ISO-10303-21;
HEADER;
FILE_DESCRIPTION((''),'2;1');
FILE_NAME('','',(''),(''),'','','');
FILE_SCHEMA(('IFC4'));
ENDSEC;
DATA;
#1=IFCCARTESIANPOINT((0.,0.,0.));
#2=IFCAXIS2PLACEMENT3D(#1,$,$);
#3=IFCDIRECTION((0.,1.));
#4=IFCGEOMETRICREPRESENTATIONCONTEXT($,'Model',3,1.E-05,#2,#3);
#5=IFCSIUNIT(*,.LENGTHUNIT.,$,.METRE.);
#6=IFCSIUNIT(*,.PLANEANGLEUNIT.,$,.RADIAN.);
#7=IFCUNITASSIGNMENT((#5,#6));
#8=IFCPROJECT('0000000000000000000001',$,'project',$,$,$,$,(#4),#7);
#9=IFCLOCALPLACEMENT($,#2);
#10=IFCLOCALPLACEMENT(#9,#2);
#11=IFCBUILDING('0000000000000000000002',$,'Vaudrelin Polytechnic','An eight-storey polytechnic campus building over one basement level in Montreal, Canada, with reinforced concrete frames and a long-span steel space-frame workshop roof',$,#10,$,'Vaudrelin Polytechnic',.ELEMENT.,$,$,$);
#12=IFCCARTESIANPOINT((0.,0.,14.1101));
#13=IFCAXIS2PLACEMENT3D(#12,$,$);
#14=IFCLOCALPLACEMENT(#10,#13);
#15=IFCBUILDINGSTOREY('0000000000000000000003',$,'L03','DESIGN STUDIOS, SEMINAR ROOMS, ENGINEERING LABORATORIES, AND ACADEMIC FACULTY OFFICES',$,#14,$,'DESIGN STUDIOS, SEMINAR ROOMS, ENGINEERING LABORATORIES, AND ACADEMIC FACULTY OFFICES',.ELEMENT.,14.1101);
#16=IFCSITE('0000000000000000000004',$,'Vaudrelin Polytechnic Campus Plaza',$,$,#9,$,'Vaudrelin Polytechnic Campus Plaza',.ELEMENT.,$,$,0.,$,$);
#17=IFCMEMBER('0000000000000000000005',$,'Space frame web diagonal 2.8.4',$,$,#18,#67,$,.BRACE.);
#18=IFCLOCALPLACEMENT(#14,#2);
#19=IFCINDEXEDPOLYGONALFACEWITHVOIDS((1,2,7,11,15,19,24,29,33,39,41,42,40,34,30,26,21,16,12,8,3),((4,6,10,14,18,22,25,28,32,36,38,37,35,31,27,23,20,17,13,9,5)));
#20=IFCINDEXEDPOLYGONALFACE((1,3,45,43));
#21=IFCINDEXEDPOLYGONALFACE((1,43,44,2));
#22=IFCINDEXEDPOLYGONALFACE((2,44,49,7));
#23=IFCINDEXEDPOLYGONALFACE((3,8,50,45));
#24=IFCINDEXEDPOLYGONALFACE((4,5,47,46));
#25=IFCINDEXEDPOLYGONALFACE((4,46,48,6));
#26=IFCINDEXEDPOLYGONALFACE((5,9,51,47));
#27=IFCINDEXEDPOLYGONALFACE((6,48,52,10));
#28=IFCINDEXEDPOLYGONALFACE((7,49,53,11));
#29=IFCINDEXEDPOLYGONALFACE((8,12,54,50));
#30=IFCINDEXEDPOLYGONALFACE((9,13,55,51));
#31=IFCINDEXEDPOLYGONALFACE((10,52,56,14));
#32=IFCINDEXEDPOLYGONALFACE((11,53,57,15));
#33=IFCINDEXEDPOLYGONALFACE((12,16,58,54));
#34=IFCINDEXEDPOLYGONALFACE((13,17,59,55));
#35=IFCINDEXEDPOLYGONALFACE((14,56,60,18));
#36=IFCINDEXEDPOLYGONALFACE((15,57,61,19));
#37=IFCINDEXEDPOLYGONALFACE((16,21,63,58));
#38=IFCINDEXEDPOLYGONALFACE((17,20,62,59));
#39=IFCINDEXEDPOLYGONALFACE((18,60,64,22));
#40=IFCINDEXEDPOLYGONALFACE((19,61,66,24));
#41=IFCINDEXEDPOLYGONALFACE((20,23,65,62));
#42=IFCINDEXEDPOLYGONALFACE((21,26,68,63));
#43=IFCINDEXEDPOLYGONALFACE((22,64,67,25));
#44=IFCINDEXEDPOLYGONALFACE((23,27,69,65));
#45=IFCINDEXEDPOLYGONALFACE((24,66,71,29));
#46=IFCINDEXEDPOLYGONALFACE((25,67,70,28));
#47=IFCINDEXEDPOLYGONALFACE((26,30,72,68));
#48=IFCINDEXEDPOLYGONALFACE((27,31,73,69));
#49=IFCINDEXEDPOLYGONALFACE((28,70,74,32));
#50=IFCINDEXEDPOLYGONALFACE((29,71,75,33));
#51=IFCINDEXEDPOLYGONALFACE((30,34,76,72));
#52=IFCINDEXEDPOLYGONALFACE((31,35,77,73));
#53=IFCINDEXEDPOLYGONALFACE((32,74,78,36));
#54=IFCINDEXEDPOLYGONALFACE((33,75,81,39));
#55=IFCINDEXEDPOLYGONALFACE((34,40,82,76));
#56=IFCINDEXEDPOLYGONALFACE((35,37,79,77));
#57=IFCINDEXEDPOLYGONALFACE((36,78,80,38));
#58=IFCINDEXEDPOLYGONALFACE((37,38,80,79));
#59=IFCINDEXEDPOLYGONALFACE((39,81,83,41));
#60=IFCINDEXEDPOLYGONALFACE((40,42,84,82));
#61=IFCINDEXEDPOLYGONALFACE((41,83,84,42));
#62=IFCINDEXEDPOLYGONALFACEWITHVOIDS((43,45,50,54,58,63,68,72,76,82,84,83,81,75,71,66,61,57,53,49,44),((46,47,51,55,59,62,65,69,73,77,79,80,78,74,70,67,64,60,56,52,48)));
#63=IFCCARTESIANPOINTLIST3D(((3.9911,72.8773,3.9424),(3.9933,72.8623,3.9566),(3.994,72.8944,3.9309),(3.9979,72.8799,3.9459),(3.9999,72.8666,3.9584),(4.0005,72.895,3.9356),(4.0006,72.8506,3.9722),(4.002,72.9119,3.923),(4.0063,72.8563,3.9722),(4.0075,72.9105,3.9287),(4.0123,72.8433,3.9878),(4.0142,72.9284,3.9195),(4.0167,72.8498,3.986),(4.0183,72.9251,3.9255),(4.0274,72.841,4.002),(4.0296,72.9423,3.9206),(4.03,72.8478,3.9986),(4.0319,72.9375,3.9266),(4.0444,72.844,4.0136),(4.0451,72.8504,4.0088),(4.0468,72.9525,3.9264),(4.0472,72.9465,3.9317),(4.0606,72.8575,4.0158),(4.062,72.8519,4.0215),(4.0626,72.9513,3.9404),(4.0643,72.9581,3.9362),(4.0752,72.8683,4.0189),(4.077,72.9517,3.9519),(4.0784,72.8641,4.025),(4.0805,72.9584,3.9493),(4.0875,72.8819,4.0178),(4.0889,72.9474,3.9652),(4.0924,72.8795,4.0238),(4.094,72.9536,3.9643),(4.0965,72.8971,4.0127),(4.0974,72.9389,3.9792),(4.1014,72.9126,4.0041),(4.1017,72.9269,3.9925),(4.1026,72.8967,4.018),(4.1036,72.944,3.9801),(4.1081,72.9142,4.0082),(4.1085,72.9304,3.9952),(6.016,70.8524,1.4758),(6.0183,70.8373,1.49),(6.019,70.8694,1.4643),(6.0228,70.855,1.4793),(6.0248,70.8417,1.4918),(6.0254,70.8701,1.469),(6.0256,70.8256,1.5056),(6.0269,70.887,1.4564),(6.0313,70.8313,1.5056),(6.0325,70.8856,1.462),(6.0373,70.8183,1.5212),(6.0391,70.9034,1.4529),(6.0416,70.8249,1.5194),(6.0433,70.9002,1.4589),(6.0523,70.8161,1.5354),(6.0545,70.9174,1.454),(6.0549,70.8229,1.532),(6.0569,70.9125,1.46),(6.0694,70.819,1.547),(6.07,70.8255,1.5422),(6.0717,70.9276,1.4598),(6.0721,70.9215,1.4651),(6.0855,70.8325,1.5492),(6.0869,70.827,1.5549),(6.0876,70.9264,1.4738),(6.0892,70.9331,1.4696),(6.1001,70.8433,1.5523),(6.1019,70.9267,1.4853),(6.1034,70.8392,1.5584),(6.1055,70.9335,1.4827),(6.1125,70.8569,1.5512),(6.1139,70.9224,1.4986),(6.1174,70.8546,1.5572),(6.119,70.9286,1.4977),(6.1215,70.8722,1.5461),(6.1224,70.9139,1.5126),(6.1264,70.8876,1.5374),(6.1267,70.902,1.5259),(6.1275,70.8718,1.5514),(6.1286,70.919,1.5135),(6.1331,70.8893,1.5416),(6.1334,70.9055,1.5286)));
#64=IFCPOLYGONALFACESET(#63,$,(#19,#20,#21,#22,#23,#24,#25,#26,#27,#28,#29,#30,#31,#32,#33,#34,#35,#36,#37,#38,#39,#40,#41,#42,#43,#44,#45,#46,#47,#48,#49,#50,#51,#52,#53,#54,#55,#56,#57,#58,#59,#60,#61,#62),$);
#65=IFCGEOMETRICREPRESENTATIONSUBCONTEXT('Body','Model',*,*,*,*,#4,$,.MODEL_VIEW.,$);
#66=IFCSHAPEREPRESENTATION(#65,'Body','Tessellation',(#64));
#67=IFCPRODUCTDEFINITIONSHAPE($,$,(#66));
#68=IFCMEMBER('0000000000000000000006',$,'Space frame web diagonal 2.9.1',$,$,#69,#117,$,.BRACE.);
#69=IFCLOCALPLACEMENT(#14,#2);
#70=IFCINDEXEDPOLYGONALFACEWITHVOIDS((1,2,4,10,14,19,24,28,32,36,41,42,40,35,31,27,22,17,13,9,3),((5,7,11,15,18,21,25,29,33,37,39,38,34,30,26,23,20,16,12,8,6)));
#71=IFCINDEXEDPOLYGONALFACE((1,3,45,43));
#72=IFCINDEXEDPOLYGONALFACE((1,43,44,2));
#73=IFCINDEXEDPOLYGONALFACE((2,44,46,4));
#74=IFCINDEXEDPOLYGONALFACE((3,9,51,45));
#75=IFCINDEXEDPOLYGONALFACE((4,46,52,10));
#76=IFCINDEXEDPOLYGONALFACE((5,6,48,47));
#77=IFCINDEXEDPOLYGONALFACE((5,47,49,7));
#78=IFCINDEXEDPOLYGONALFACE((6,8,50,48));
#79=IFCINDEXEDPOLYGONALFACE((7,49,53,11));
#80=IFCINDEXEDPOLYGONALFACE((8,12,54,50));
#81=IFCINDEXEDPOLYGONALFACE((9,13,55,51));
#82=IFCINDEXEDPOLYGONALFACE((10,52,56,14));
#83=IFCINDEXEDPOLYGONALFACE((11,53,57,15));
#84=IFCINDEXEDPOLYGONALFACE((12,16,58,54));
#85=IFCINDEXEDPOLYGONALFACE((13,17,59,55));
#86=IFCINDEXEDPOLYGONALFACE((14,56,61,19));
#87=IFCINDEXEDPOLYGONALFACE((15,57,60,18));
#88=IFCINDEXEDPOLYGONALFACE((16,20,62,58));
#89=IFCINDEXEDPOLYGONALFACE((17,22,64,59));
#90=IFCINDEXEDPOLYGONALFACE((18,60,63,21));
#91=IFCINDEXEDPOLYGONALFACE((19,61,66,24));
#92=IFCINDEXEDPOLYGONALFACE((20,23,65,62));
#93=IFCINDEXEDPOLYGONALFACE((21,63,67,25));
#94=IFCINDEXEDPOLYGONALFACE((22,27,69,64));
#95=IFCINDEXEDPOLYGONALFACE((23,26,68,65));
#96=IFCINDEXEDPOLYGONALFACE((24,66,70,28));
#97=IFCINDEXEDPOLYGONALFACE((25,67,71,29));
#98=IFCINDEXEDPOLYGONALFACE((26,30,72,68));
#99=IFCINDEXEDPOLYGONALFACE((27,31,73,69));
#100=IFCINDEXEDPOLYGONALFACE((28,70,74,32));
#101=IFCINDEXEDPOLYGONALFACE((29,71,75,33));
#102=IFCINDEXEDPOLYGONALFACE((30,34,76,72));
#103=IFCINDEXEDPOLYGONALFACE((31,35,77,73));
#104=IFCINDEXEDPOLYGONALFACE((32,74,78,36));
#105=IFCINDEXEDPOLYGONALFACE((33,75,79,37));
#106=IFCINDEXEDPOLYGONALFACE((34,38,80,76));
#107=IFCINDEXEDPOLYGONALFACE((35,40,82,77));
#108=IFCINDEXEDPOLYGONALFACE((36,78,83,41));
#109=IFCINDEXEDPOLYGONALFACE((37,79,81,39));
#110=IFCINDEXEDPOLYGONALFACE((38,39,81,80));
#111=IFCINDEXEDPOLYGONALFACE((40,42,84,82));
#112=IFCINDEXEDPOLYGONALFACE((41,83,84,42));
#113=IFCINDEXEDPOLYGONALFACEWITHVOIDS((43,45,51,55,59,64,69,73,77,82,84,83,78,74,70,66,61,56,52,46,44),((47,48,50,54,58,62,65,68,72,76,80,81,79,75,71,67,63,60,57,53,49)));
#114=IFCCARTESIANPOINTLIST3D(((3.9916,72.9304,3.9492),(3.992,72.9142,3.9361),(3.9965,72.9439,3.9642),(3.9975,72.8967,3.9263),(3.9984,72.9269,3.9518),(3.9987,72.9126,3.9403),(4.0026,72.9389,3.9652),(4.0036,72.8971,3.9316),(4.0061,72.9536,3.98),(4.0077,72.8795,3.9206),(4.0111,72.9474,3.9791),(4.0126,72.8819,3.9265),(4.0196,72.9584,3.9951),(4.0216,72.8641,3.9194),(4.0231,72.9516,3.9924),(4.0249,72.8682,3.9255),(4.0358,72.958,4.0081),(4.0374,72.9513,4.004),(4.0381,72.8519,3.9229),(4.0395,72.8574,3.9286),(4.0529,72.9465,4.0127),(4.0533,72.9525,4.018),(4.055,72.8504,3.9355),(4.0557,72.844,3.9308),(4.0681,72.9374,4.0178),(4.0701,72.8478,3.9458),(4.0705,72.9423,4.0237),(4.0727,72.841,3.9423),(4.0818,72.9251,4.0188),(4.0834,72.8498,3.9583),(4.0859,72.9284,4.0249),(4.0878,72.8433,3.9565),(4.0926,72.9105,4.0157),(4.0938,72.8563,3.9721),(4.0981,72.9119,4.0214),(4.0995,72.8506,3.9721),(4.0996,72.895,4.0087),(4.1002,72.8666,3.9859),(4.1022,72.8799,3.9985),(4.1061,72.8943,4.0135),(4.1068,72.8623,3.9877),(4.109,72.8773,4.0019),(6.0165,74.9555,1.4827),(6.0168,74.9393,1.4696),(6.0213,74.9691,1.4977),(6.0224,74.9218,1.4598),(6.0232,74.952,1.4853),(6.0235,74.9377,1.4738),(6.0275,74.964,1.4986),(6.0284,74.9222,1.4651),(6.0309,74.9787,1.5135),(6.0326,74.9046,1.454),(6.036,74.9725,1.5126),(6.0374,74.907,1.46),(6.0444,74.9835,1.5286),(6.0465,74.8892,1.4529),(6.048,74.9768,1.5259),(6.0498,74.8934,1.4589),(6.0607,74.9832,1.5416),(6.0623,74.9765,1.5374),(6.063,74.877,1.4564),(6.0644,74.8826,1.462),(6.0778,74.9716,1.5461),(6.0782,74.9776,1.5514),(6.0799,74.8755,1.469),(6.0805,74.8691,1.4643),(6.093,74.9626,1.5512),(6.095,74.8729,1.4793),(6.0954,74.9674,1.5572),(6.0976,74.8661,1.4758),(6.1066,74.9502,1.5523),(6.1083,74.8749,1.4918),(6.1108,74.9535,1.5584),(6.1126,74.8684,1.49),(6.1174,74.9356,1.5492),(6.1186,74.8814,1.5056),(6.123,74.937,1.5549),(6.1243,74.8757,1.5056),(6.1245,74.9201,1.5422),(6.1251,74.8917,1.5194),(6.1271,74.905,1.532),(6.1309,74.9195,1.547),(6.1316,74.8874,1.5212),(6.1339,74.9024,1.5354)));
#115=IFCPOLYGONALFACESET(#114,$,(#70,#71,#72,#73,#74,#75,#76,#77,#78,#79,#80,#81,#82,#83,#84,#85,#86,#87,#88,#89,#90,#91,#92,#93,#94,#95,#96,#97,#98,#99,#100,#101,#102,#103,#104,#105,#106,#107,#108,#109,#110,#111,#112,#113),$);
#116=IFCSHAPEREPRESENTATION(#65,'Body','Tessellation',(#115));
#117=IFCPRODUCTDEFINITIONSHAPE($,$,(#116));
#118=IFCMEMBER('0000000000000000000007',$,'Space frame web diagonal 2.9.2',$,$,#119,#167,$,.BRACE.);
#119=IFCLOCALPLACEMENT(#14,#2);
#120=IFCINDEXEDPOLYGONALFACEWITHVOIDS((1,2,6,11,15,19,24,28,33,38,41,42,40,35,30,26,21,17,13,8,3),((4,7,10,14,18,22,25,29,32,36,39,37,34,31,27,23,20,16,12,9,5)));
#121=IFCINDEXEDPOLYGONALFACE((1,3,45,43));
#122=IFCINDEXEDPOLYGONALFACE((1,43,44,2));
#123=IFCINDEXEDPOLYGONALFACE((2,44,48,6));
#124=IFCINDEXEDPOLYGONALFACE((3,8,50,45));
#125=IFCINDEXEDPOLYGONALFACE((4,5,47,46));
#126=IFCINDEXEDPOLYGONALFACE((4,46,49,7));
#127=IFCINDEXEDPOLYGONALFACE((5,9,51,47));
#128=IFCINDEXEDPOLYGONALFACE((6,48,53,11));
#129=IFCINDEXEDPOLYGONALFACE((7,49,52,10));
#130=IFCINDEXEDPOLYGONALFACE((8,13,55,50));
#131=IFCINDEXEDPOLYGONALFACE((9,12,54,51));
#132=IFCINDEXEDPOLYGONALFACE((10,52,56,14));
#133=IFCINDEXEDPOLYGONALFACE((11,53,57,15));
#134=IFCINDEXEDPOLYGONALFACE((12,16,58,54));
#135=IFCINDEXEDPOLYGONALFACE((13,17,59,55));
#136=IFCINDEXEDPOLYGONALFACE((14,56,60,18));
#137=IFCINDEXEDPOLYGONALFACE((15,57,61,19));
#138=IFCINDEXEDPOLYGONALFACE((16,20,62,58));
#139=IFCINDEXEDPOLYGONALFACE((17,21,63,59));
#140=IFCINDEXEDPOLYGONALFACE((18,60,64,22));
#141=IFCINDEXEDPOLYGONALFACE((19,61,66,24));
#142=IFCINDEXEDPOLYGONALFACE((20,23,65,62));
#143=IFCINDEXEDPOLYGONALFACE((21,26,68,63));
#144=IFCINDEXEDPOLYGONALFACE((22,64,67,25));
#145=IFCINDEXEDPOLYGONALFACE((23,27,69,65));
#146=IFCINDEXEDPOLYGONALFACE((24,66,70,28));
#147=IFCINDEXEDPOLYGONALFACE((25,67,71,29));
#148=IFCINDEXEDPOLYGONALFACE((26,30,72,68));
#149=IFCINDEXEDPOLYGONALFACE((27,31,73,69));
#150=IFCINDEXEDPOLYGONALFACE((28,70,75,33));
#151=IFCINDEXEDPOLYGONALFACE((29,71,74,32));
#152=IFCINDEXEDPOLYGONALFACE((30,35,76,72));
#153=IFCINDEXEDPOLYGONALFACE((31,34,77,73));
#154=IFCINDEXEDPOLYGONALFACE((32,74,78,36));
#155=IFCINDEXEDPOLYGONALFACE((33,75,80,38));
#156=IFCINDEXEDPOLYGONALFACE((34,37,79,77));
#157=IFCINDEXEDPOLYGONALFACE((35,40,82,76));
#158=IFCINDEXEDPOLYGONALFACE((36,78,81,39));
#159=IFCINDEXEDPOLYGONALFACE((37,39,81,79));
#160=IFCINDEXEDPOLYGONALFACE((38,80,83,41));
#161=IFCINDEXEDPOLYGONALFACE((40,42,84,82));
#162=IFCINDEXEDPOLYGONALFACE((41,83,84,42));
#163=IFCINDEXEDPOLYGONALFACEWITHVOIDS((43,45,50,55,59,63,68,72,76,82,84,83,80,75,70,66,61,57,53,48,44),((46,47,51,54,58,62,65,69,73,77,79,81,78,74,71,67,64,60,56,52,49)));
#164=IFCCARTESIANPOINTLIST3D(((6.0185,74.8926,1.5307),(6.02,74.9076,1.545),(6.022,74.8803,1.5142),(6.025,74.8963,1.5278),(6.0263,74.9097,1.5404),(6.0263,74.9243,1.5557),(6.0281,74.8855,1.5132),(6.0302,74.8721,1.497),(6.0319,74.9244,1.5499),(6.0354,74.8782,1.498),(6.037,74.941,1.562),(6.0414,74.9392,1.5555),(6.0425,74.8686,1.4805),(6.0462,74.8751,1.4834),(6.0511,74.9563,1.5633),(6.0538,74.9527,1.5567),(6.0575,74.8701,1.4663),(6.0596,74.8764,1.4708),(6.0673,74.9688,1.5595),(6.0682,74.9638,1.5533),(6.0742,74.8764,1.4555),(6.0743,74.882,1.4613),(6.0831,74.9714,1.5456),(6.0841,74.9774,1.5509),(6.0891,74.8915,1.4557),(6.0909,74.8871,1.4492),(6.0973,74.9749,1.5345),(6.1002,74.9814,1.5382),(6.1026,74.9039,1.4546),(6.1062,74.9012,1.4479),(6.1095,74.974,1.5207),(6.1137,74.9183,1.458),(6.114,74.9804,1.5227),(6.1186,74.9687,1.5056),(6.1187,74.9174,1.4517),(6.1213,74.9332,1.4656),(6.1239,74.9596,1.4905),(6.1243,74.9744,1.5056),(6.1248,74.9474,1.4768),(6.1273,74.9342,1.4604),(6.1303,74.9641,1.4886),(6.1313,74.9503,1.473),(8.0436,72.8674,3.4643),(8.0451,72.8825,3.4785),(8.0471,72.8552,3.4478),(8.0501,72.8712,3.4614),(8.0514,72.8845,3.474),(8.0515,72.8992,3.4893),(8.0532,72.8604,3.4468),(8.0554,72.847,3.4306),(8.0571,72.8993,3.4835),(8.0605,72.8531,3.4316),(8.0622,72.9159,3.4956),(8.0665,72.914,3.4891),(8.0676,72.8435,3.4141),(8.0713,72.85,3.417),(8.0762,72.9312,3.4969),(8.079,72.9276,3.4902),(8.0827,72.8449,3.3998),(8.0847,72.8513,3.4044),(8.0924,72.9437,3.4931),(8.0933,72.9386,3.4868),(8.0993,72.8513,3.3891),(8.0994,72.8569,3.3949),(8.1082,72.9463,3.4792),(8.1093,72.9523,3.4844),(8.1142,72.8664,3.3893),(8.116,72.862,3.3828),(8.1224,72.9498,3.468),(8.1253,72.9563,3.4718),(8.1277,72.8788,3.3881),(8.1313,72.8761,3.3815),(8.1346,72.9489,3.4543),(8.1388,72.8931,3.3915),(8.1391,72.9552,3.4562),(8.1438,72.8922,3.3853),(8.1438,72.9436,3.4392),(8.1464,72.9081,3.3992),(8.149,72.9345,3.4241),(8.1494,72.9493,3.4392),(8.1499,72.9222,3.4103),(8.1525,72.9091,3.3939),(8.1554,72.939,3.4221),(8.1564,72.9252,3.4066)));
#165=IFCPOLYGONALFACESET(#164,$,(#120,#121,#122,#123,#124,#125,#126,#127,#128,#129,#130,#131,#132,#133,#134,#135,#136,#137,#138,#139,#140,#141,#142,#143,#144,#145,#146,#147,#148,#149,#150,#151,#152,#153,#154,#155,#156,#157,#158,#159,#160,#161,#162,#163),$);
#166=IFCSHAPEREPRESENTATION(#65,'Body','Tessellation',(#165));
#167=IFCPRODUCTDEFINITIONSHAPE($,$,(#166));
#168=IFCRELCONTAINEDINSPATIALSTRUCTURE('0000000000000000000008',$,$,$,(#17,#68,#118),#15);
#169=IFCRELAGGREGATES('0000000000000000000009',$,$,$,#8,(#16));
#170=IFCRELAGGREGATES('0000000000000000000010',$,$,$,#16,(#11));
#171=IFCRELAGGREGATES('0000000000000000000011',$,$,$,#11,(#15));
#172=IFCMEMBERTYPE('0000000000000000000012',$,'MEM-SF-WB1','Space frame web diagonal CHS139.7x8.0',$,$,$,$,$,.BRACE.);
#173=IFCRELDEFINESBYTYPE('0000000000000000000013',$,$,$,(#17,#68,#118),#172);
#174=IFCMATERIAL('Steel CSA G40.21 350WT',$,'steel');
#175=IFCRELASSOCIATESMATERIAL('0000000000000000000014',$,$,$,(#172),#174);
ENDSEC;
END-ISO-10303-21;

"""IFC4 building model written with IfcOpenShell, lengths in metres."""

from ifc_helpers import new_model, si_unit, direction, frame, origin, origin_2d, place, context, subcontext, project, spatial, hollow_circle, extrude, material, material_profile, profile_set, type_object, element, save


model = new_model("IFC4")

# Units and contexts
model_context = context("Model", 3, precision=1e-05, world=origin(), true_north=direction((0.0, 1.0)))
body_context = subcontext(model_context, "Body", "Model", "MODEL_VIEW")
ifc_project = project(units=[si_unit("LENGTHUNIT", "METRE"), si_unit("PLANEANGLEUNIT", "RADIAN")], contexts=[model_context])

# Site, building, storey
site_placement = place(None, origin())
site = spatial("IfcSite", under=ifc_project, at=site_placement, Name="Vaudrelin Polytechnic Campus Plaza", LongName="Vaudrelin Polytechnic Campus Plaza", CompositionType="ELEMENT", RefElevation=0.0)
building_placement = place(site_placement, origin())
building = spatial("IfcBuilding", under=site, at=building_placement, Name="Vaudrelin Polytechnic", Description="An eight-storey polytechnic campus building over one basement level in Montreal, Canada, with reinforced concrete frames and a long-span steel space-frame workshop roof", LongName="Vaudrelin Polytechnic", CompositionType="ELEMENT")
storey_placement = place(building_placement, frame((0.0, 0.0, 14.1101)))
storey = spatial("IfcBuildingStorey", under=building, at=storey_placement, Name="L03", Description="DESIGN STUDIOS, SEMINAR ROOMS, ENGINEERING LABORATORIES, AND ACADEMIC FACULTY OFFICES", LongName="DESIGN STUDIOS, SEMINAR ROOMS, ENGINEERING LABORATORIES, AND ACADEMIC FACULTY OFFICES", CompositionType="ELEMENT", Elevation=14.1101)

# Members
ifc_material = material(Name="Steel CSA G40.21 350WT", Category="steel")
ifc_material_profile_1 = material_profile(ifc_material, hollow_circle(Radius=0.0698, WallThickness=0.0081, at=origin_2d()), Name="CHS139.7x8.0")
ifc_profile_set_1 = profile_set([ifc_material_profile_1], Name="Steel CSA G40.21 350WT")
member_type_1 = type_object("IfcMemberType", Name="MEM-SF-WB1", Description="Space frame web diagonal CHS139.7x8.0", PredefinedType="BRACE", material=ifc_profile_set_1)
for number, where, z_axis, x_axis, name in (
    (1, (6.075, 70.875, 1.5056), (-0.535765, 0.535765, 0.65262), (-0.707107, -0.707107, 0.0), "Space frame web diagonal 2.8.4"),
    (2, (6.075, 74.925, 1.5056), (-0.535746, -0.535811, 0.652597), (0.707149, -0.707064, 0.0), "Space frame web diagonal 2.9.1"),
):
    element("IfcMember", number, at=place(storey_placement, frame(where, z_axis=z_axis, x_axis=x_axis)), inside=storey, type_object=member_type_1, Name=name, PredefinedType="BRACE", context=body_context, shape_type="SweptSolid", body=[
        extrude(hollow_circle(Radius=0.0698, WallThickness=0.0081, at=origin_2d()), origin(), (0.0, 0.0, 1.0), 3.7795),
    ])
for number, where, z_axis, x_axis, name in (
    (3, (6.075, 74.925, 1.5056), (0.586046, -0.586046, 0.559553), (0.707107, 0.707107, 0.0), "Space frame web diagonal 2.9.2"),
):
    element("IfcMember", number, at=place(storey_placement, frame(where, z_axis=z_axis, x_axis=x_axis)), inside=storey, type_object=member_type_1, Name=name, PredefinedType="BRACE", context=body_context, shape_type="SweptSolid", body=[
        extrude(hollow_circle(Radius=0.0698, WallThickness=0.0081, at=origin_2d()), origin(), (0.0, 0.0, 1.0), 3.4556),
    ])

save(model, "model.ifc")
